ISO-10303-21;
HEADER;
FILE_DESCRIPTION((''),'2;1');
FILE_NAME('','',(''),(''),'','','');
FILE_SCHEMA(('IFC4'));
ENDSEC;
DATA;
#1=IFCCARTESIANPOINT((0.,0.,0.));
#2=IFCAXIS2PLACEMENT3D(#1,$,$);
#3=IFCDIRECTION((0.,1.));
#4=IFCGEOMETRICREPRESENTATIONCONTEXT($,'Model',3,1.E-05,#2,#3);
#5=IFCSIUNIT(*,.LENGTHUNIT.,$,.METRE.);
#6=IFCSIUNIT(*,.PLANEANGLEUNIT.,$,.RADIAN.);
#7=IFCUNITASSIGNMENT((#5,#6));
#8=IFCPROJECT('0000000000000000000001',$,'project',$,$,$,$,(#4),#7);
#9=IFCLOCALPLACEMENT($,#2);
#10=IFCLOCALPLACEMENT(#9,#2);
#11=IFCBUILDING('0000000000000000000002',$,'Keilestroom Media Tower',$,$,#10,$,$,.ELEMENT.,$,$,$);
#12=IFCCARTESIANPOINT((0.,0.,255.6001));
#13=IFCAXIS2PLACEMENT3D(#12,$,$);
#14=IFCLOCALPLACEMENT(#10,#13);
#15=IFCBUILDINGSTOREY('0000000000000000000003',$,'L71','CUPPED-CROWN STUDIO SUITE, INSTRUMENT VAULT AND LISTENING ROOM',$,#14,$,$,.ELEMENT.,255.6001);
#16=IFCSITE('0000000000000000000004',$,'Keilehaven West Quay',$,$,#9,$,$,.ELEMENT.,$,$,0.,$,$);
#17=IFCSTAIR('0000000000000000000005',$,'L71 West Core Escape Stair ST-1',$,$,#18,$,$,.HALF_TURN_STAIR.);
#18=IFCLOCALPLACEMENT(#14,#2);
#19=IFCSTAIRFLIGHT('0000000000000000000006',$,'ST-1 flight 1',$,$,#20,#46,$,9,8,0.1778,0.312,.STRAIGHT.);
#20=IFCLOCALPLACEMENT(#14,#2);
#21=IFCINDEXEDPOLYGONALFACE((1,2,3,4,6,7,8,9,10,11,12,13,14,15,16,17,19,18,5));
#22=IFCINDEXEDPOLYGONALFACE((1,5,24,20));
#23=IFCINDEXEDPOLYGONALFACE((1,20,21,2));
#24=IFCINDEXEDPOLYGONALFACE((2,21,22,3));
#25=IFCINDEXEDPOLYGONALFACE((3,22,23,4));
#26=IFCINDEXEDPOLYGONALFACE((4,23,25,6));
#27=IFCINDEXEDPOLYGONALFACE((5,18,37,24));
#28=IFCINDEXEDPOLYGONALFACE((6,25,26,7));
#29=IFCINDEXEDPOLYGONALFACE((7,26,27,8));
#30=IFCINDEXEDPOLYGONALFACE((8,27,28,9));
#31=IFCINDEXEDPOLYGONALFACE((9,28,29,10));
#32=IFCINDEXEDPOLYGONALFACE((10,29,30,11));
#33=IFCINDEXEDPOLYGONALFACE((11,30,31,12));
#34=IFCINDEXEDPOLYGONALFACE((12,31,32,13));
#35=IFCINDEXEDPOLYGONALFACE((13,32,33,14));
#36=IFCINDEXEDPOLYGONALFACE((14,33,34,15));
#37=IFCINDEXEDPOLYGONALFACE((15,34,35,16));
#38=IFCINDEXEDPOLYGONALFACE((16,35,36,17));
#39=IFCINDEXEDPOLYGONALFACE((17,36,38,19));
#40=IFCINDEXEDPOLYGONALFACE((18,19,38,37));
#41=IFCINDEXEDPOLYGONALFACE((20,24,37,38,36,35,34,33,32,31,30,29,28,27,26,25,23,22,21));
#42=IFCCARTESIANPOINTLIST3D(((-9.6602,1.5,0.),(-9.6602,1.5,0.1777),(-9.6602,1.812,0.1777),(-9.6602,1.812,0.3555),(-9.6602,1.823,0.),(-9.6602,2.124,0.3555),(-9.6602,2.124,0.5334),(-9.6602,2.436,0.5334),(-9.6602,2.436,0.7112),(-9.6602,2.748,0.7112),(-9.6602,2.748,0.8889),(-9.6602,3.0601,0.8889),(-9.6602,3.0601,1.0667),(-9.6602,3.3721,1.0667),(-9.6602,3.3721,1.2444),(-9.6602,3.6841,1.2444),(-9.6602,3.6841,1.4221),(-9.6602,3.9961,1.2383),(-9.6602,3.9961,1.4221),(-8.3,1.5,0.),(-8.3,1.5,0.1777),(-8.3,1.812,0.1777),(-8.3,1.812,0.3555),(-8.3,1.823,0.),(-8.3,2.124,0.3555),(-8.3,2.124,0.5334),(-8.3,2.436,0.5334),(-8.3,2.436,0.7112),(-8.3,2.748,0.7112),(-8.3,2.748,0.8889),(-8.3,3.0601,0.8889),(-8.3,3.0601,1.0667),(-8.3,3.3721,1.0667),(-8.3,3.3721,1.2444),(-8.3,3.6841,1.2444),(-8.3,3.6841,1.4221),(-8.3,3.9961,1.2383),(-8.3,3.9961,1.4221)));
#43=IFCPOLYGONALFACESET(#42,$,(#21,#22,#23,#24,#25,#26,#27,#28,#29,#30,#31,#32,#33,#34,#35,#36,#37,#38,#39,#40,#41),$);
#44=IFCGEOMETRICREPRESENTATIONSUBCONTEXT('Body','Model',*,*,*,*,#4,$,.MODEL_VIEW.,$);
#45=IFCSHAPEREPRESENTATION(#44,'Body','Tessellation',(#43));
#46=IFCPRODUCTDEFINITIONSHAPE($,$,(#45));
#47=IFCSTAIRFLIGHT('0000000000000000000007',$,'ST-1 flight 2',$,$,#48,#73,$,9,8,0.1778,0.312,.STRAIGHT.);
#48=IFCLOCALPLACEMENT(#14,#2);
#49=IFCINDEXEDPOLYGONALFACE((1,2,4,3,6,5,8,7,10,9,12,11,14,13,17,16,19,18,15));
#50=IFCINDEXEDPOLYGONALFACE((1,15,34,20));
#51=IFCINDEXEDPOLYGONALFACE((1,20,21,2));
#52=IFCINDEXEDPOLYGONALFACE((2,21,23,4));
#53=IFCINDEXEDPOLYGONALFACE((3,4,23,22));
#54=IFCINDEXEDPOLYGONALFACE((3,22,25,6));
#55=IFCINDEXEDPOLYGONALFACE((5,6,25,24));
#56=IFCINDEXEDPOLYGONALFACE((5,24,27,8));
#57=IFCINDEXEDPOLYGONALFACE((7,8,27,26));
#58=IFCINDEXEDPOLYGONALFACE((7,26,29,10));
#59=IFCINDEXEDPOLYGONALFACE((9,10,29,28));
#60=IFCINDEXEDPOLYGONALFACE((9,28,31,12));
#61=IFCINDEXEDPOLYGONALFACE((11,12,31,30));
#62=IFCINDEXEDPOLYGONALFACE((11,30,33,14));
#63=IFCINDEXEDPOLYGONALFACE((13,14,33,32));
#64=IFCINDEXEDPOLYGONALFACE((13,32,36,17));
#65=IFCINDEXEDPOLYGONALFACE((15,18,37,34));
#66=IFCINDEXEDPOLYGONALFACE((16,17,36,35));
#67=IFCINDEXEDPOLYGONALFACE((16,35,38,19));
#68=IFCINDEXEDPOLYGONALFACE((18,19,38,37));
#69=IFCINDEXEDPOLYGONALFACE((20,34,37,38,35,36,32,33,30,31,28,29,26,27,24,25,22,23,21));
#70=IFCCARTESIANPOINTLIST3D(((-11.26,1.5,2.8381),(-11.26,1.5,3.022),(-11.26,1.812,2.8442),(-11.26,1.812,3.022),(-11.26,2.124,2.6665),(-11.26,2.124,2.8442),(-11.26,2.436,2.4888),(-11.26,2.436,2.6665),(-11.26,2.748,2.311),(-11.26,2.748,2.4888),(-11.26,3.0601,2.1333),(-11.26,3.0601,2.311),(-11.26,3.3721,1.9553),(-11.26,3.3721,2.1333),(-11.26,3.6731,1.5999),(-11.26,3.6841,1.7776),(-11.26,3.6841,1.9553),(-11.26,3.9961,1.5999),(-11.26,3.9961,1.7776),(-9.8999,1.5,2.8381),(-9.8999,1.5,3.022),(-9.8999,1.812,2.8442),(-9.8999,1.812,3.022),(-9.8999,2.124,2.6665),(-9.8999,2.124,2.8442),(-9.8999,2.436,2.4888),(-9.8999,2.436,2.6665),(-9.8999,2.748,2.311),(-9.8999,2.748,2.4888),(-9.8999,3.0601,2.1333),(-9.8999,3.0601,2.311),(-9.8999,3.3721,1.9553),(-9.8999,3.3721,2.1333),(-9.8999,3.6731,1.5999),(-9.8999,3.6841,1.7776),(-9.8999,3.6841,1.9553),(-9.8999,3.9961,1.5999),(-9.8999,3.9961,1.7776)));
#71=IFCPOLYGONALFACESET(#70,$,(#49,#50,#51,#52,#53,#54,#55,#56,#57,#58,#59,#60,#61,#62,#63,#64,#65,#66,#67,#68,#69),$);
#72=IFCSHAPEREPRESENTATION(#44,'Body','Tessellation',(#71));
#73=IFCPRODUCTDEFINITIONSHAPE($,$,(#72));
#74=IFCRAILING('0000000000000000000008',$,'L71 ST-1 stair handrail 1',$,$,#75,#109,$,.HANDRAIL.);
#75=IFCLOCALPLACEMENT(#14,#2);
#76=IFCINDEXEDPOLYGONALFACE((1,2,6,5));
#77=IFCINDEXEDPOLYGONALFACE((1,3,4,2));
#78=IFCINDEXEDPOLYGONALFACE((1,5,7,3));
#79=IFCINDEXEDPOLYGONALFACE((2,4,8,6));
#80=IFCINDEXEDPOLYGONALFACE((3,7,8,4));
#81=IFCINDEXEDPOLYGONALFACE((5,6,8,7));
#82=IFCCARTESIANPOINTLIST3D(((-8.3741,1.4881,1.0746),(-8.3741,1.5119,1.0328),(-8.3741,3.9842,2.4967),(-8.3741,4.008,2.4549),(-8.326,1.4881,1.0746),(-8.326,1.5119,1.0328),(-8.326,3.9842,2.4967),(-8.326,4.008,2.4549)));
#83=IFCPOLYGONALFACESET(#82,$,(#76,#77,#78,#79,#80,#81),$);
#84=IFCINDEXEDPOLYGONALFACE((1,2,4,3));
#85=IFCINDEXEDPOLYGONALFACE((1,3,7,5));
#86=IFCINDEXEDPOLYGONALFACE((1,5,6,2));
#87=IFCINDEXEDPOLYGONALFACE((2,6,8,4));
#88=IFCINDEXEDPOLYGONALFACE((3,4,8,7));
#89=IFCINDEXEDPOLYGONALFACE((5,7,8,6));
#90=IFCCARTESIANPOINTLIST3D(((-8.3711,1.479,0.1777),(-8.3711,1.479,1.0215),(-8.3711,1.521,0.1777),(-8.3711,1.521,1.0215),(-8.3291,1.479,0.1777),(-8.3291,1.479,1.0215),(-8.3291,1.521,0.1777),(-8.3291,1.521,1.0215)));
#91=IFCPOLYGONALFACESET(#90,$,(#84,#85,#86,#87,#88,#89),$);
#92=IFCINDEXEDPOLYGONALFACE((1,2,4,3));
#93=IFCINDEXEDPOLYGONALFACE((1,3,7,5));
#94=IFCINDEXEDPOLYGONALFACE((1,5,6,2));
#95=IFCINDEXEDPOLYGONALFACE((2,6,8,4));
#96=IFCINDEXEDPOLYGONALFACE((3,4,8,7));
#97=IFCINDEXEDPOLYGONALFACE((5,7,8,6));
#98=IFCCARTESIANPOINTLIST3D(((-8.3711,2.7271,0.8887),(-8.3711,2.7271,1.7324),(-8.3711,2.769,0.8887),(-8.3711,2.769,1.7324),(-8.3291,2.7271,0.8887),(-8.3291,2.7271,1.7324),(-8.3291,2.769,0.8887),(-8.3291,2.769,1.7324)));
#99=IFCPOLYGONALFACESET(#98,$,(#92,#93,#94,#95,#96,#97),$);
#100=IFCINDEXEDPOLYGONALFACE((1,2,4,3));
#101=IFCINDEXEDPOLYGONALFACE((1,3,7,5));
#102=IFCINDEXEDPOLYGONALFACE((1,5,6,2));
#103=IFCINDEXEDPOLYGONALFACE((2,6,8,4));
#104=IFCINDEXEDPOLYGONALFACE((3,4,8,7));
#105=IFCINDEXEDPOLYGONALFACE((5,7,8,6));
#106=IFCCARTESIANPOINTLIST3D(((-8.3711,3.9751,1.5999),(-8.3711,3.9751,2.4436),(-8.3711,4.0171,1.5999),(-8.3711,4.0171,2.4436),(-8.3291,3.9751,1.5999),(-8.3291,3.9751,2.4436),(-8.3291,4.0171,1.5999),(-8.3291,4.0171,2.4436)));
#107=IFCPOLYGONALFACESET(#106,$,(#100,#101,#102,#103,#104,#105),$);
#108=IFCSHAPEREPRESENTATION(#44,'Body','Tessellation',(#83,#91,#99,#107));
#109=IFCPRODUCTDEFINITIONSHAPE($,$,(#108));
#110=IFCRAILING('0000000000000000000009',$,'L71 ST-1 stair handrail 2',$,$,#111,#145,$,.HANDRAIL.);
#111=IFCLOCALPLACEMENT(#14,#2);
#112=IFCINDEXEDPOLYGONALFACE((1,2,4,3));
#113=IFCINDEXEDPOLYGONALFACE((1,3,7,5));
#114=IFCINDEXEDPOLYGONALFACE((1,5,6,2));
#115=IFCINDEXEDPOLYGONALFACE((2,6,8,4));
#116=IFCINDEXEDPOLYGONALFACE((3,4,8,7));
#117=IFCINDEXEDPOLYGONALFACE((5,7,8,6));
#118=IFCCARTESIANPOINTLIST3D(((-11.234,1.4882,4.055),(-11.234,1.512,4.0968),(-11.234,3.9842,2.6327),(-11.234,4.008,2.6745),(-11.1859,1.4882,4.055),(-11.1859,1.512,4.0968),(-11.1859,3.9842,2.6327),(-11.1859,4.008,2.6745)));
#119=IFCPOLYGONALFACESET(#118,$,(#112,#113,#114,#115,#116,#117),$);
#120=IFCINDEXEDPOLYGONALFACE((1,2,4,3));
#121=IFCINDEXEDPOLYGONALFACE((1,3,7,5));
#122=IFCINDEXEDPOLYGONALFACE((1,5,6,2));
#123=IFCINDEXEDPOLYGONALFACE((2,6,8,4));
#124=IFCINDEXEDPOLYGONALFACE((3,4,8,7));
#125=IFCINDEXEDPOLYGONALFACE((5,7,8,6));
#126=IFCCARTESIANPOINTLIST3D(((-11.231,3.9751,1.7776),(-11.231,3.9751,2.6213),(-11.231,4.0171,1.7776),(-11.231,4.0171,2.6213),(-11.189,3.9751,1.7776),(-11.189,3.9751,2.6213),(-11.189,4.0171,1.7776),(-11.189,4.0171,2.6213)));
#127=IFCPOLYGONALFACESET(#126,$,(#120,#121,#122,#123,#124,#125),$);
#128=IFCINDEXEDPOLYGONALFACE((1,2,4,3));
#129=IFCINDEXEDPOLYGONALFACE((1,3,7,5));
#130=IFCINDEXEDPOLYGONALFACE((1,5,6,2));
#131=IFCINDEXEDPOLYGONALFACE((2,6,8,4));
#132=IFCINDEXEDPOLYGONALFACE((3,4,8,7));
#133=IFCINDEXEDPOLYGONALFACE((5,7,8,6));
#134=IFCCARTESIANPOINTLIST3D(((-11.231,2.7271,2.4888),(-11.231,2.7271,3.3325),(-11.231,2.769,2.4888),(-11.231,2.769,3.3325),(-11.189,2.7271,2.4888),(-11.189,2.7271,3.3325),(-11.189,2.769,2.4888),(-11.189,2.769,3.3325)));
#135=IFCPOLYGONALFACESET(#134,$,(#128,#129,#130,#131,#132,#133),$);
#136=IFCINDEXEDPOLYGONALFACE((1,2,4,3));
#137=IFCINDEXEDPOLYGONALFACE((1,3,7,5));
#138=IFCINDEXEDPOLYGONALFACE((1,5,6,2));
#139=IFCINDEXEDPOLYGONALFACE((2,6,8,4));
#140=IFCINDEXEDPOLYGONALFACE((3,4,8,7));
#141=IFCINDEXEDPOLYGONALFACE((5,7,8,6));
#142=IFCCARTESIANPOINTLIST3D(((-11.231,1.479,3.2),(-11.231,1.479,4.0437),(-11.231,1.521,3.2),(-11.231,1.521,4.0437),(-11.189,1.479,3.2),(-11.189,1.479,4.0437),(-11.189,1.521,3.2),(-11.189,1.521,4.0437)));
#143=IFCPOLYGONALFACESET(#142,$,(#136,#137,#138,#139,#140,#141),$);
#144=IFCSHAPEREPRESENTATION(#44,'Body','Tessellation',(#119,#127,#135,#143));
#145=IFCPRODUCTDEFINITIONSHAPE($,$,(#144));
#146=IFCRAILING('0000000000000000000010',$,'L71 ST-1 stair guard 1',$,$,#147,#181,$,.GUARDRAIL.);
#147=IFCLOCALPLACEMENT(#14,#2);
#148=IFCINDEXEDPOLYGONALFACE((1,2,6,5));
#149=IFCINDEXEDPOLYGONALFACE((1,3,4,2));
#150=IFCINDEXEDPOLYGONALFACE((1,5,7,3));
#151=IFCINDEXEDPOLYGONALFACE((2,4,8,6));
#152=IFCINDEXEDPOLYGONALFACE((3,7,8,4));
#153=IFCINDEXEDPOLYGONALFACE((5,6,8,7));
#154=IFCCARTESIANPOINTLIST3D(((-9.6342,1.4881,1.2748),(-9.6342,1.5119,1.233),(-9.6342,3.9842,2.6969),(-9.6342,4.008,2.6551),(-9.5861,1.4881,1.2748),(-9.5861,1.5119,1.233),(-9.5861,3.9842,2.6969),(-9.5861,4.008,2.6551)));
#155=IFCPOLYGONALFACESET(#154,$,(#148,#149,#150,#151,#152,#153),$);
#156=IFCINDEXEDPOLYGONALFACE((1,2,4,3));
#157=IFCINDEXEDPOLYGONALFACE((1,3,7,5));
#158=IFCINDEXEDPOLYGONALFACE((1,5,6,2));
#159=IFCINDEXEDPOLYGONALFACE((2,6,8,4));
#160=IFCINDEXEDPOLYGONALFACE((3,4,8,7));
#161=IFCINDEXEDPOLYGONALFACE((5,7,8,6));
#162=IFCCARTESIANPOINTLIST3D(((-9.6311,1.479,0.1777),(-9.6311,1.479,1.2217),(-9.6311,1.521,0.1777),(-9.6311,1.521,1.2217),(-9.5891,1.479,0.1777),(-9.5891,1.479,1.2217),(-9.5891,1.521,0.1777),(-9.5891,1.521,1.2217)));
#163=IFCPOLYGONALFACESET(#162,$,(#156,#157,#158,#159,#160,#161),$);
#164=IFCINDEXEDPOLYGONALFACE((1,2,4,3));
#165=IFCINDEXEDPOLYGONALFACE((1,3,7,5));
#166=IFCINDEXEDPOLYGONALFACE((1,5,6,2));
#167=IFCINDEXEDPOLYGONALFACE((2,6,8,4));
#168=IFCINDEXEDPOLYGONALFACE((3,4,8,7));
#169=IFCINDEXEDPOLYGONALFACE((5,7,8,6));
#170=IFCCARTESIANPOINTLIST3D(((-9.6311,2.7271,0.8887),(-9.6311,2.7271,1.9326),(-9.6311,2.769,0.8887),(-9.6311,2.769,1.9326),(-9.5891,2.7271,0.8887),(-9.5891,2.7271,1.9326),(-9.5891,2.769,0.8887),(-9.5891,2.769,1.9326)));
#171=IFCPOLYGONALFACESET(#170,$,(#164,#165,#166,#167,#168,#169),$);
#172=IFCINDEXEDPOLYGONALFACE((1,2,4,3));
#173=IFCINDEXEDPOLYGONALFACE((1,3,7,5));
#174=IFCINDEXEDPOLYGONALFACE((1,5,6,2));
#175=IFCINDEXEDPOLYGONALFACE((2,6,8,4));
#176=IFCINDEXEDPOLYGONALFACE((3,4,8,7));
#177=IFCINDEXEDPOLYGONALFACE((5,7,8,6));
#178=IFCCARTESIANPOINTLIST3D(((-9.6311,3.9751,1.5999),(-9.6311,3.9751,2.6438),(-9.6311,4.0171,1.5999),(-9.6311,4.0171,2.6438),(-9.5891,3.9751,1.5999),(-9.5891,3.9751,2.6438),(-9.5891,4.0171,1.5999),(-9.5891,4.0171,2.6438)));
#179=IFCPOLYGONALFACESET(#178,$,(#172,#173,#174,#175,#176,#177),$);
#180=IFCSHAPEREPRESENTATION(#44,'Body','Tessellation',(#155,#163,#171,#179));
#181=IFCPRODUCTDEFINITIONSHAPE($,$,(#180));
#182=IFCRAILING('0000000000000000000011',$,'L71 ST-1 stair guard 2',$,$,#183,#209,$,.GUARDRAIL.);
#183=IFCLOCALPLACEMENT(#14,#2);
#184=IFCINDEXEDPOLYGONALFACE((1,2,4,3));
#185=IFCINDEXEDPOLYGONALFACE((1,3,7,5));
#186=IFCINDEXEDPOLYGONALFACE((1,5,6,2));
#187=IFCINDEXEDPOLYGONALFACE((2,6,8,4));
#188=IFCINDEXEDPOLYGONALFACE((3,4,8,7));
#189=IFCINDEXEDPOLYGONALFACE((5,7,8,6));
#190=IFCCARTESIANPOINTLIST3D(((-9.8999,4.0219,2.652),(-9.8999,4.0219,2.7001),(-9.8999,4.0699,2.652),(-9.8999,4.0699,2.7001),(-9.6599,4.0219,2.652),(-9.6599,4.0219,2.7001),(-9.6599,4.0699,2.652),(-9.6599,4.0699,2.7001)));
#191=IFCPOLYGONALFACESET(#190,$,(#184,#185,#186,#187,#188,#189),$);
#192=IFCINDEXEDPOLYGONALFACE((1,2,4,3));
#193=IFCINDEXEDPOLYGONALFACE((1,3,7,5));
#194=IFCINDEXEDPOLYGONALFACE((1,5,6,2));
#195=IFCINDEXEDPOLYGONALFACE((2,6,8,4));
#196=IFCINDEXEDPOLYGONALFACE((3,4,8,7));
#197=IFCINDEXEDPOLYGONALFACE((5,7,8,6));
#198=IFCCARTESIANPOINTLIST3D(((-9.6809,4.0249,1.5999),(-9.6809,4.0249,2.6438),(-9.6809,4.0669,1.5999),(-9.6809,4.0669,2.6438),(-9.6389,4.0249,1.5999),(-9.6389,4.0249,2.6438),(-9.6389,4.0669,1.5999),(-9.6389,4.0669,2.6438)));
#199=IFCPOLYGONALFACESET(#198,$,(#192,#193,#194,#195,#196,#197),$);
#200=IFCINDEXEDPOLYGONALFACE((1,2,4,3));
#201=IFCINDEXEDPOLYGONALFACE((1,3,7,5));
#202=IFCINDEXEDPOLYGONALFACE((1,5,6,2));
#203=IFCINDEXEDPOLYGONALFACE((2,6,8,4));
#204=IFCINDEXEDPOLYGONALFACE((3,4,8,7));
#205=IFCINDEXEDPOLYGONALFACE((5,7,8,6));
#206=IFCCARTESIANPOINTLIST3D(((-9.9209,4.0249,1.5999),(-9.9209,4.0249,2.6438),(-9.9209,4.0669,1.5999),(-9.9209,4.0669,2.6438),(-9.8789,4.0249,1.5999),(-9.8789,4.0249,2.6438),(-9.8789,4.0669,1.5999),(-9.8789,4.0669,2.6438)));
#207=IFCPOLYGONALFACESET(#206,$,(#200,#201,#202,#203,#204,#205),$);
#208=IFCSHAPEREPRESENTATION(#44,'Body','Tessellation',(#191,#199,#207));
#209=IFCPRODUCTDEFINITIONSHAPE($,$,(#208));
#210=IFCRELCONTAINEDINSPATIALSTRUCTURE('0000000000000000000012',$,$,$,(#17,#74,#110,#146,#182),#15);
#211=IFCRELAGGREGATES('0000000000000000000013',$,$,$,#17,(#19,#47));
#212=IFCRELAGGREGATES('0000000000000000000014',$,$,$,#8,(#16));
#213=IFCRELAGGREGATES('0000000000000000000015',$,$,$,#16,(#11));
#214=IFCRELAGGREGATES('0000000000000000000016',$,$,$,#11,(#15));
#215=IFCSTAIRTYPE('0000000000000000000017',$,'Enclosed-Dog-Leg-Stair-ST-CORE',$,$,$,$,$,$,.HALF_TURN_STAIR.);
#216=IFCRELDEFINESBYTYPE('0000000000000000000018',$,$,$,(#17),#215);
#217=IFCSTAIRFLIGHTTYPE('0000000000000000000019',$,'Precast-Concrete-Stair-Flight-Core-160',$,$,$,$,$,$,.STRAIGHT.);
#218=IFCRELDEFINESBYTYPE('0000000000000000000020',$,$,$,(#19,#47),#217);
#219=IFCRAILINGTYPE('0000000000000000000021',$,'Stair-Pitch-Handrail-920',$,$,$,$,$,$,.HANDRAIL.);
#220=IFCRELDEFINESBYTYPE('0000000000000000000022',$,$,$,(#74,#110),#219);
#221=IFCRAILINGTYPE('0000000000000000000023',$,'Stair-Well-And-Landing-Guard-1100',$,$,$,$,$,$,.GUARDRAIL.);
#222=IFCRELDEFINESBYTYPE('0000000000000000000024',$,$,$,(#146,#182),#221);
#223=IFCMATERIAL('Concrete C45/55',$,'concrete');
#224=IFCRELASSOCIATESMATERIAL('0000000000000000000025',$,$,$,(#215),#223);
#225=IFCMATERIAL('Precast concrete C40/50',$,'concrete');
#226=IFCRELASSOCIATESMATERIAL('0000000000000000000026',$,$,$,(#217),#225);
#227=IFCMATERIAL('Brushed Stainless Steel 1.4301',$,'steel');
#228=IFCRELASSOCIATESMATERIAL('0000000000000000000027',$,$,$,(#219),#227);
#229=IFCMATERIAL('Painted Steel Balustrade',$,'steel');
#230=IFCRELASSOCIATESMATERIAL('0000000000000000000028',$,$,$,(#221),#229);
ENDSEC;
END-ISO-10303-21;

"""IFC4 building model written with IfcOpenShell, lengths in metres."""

from ifc_helpers import new_model, si_unit, direction, frame, origin, origin_2d, place, context, subcontext, project, spatial, polyline, rectangle, outline, extrude, material, type_object, element, aggregate, save


model = new_model("IFC4")

# Units and contexts
model_context = context("Model", 3, precision=1e-05, world=origin(), true_north=direction((0.0, 1.0)))
body_context = subcontext(model_context, "Body", "Model", "MODEL_VIEW")
ifc_project = project(units=[si_unit("LENGTHUNIT", "METRE"), si_unit("PLANEANGLEUNIT", "RADIAN")], contexts=[model_context])

# Site, building, storey
site_placement = place(None, origin())
site = spatial("IfcSite", under=ifc_project, at=site_placement, Name="Keilehaven West Quay", CompositionType="ELEMENT", RefElevation=0.0)
building_placement = place(site_placement, origin())
building = spatial("IfcBuilding", under=site, at=building_placement, Name="Keilestroom Media Tower", CompositionType="ELEMENT")
storey_placement = place(building_placement, frame((0.0, 0.0, 255.6001)))
storey = spatial("IfcBuildingStorey", under=building, at=storey_placement, Name="L71", Description="CUPPED-CROWN STUDIO SUITE, INSTRUMENT VAULT AND LISTENING ROOM", CompositionType="ELEMENT", Elevation=255.6001)

# Shared definitions
ifc_material_1 = material(Name="Precast concrete C40/50", Category="concrete")

# Stair, stair flights
ifc_material_2 = material(Name="Concrete C45/55", Category="concrete")
stair_type = type_object("IfcStairType", Name="Enclosed-Dog-Leg-Stair-ST-CORE", PredefinedType="HALF_TURN_STAIR", material=ifc_material_2)
stair_placement = place(storey_placement, origin())
stair = element("IfcStair", 1, at=stair_placement, inside=storey, type_object=stair_type, Name="L71 West Core Escape Stair ST-1", PredefinedType="HALF_TURN_STAIR")
stair_flight_type = type_object("IfcStairFlightType", Name="Precast-Concrete-Stair-Flight-Core-160", PredefinedType="STRAIGHT", material=ifc_material_1)
stair_flight_1_placement = place(storey_placement, frame((-8.98, 1.5, 0.0), z_axis=(0.0, 0.0, 1.0), x_axis=(0.0, 1.0, 0.0)))
stair_flight_1 = element("IfcStairFlight", 2, at=stair_flight_1_placement, type_object=stair_flight_type, Name="ST-1 flight 1", NumberOfRisers=9, NumberOfTreads=8, PredefinedType="STRAIGHT", RiserHeight=0.1778, TreadLength=0.312, context=body_context, shape_type="SweptSolid", body=[
    extrude(outline(polyline([(0.0, 0.0), (0.0, 0.1777), (0.312, 0.1777), (0.312, 0.3555), (0.624, 0.3555), (0.624, 0.5334), (0.936, 0.5334), (0.936, 0.7112), (1.248, 0.7112), (1.248, 0.8889), (1.5601, 0.8889), (1.5601, 1.0667), (1.8721, 1.0667), (1.8721, 1.2444), (2.1841, 1.2444), (2.1841, 1.4221), (2.4961, 1.4221), (2.4961, 1.6001), (2.4961, 1.2383), (0.323, 0.0), (0.0, 0.0)])), frame((0.0, 0.6802, 0.0), z_axis=(0.0, -1.0, 0.0), x_axis=(1.0, 0.0, 0.0)), (0.0, 0.0, 1.0), 1.3601),
])
stair_flight_2_placement = place(storey_placement, frame((-10.5801, 3.9961, 1.5999), z_axis=(0.0, 0.0, 1.0), x_axis=(0.0, -1.0, 0.0)))
stair_flight_2 = element("IfcStairFlight", 3, at=stair_flight_2_placement, type_object=stair_flight_type, Name="ST-1 flight 2", NumberOfRisers=9, NumberOfTreads=8, PredefinedType="STRAIGHT", RiserHeight=0.1778, TreadLength=0.312, context=body_context, shape_type="SweptSolid", body=[
    extrude(outline(polyline([(0.0, 0.0), (0.0, 0.1777), (0.312, 0.1777), (0.312, 0.3555), (0.624, 0.3555), (0.624, 0.5334), (0.936, 0.5334), (0.936, 0.7112), (1.248, 0.7112), (1.248, 0.8889), (1.5601, 0.8889), (1.5601, 1.0667), (1.8721, 1.0667), (1.8721, 1.2444), (2.1841, 1.2444), (2.1841, 1.4221), (2.4961, 1.4221), (2.4961, 1.6001), (2.4961, 1.2383), (0.323, 0.0), (0.0, 0.0)])), frame((0.0, 0.6802, 0.0), z_axis=(0.0, -1.0, 0.0), x_axis=(1.0, 0.0, 0.0)), (0.0, 0.0, 1.0), 1.3601),
])
aggregate(stair, [stair_flight_1, stair_flight_2])

# Railings
ifc_material_3 = material(Name="Brushed Stainless Steel 1.4301", Category="steel")
railing_type_1 = type_object("IfcRailingType", Name="Stair-Pitch-Handrail-920", PredefinedType="HANDRAIL", material=ifc_material_3)
railing_1_placement = place(storey_placement, frame((-8.3501, 1.5, 0.1777)))
element("IfcRailing", 4, at=railing_1_placement, inside=storey, type_object=railing_type_1, Name="L71 ST-1 stair handrail 1", PredefinedType="HANDRAIL", context=body_context, shape_type="SweptSolid", body=[
    extrude(rectangle(XDim=0.0481, YDim=0.0481, at=origin_2d()), frame((0.0, 0.0, 0.876), z_axis=(0.0, 0.868875, 0.495031), x_axis=(-1.0, 0.0, 0.0)), (0.0, 0.0, 1.0), 2.8728),
    extrude(rectangle(XDim=0.042, YDim=0.042, at=origin_2d()), origin(), (0.0, 0.0, 1.0), 0.8438),
    extrude(rectangle(XDim=0.042, YDim=0.042, at=origin_2d()), frame((0.0, 1.248, 0.7109)), (0.0, 0.0, 1.0), 0.8438),
    extrude(rectangle(XDim=0.042, YDim=0.042, at=origin_2d()), frame((0.0, 2.4961, 1.4221)), (0.0, 0.0, 1.0), 0.8438),
])
railing_2_placement = place(storey_placement, frame((-11.21, 3.9961, 1.7776)))
element("IfcRailing", 5, at=railing_2_placement, inside=storey, type_object=railing_type_1, Name="L71 ST-1 stair handrail 2", PredefinedType="HANDRAIL", context=body_context, shape_type="SweptSolid", body=[
    extrude(rectangle(XDim=0.0481, YDim=0.0481, at=origin_2d()), frame((0.0, 0.0, 0.876), z_axis=(0.0, -0.868839, 0.495095), x_axis=(1.0, 0.0, 0.0)), (0.0, 0.0, 1.0), 2.8728),
    extrude(rectangle(XDim=0.042, YDim=0.042, at=origin_2d()), origin(), (0.0, 0.0, 1.0), 0.8438),
    extrude(rectangle(XDim=0.042, YDim=0.042, at=origin_2d()), frame((0.0, -1.248, 0.7112)), (0.0, 0.0, 1.0), 0.8438),
    extrude(rectangle(XDim=0.042, YDim=0.042, at=origin_2d()), frame((0.0, -2.4961, 1.4224)), (0.0, 0.0, 1.0), 0.8438),
])
ifc_material_4 = material(Name="Painted Steel Balustrade", Category="steel")
railing_type_2 = type_object("IfcRailingType", Name="Stair-Well-And-Landing-Guard-1100", PredefinedType="GUARDRAIL", material=ifc_material_4)
railing_3_placement = place(storey_placement, frame((-9.6101, 1.5, 0.1777)))
element("IfcRailing", 6, at=railing_3_placement, inside=storey, type_object=railing_type_2, Name="L71 ST-1 stair guard 1", PredefinedType="GUARDRAIL", context=body_context, shape_type="SweptSolid", body=[
    extrude(rectangle(XDim=0.0481, YDim=0.0481, at=origin_2d()), frame((0.0, 0.0, 1.0762), z_axis=(0.0, 0.868875, 0.495031), x_axis=(-1.0, 0.0, 0.0)), (0.0, 0.0, 1.0), 2.8728),
    extrude(rectangle(XDim=0.042, YDim=0.042, at=origin_2d()), origin(), (0.0, 0.0, 1.0), 1.0439),
    extrude(rectangle(XDim=0.042, YDim=0.042, at=origin_2d()), frame((0.0, 1.248, 0.7109)), (0.0, 0.0, 1.0), 1.0439),
    extrude(rectangle(XDim=0.042, YDim=0.042, at=origin_2d()), frame((0.0, 2.4961, 1.4221)), (0.0, 0.0, 1.0), 1.0439),
])
railing_4_placement = place(storey_placement, frame((-9.6599, 4.0459, 1.5999)))
element("IfcRailing", 7, at=railing_4_placement, inside=storey, type_object=railing_type_2, Name="L71 ST-1 stair guard 2", PredefinedType="GUARDRAIL", context=body_context, shape_type="SweptSolid", body=[
    extrude(rectangle(XDim=0.0481, YDim=0.0481, at=origin_2d()), frame((0.0, 0.0, 1.0762), z_axis=(-1.0, 0.0, 0.0), x_axis=(0.0, -1.0, 0.0)), (0.0, 0.0, 1.0), 0.24),
    extrude(rectangle(XDim=0.042, YDim=0.042, at=origin_2d()), origin(), (0.0, 0.0, 1.0), 1.0439),
    extrude(rectangle(XDim=0.042, YDim=0.042, at=origin_2d()), frame((-0.24, 0.0, 0.0)), (0.0, 0.0, 1.0), 1.0439),
])

save(model, "model.ifc")
